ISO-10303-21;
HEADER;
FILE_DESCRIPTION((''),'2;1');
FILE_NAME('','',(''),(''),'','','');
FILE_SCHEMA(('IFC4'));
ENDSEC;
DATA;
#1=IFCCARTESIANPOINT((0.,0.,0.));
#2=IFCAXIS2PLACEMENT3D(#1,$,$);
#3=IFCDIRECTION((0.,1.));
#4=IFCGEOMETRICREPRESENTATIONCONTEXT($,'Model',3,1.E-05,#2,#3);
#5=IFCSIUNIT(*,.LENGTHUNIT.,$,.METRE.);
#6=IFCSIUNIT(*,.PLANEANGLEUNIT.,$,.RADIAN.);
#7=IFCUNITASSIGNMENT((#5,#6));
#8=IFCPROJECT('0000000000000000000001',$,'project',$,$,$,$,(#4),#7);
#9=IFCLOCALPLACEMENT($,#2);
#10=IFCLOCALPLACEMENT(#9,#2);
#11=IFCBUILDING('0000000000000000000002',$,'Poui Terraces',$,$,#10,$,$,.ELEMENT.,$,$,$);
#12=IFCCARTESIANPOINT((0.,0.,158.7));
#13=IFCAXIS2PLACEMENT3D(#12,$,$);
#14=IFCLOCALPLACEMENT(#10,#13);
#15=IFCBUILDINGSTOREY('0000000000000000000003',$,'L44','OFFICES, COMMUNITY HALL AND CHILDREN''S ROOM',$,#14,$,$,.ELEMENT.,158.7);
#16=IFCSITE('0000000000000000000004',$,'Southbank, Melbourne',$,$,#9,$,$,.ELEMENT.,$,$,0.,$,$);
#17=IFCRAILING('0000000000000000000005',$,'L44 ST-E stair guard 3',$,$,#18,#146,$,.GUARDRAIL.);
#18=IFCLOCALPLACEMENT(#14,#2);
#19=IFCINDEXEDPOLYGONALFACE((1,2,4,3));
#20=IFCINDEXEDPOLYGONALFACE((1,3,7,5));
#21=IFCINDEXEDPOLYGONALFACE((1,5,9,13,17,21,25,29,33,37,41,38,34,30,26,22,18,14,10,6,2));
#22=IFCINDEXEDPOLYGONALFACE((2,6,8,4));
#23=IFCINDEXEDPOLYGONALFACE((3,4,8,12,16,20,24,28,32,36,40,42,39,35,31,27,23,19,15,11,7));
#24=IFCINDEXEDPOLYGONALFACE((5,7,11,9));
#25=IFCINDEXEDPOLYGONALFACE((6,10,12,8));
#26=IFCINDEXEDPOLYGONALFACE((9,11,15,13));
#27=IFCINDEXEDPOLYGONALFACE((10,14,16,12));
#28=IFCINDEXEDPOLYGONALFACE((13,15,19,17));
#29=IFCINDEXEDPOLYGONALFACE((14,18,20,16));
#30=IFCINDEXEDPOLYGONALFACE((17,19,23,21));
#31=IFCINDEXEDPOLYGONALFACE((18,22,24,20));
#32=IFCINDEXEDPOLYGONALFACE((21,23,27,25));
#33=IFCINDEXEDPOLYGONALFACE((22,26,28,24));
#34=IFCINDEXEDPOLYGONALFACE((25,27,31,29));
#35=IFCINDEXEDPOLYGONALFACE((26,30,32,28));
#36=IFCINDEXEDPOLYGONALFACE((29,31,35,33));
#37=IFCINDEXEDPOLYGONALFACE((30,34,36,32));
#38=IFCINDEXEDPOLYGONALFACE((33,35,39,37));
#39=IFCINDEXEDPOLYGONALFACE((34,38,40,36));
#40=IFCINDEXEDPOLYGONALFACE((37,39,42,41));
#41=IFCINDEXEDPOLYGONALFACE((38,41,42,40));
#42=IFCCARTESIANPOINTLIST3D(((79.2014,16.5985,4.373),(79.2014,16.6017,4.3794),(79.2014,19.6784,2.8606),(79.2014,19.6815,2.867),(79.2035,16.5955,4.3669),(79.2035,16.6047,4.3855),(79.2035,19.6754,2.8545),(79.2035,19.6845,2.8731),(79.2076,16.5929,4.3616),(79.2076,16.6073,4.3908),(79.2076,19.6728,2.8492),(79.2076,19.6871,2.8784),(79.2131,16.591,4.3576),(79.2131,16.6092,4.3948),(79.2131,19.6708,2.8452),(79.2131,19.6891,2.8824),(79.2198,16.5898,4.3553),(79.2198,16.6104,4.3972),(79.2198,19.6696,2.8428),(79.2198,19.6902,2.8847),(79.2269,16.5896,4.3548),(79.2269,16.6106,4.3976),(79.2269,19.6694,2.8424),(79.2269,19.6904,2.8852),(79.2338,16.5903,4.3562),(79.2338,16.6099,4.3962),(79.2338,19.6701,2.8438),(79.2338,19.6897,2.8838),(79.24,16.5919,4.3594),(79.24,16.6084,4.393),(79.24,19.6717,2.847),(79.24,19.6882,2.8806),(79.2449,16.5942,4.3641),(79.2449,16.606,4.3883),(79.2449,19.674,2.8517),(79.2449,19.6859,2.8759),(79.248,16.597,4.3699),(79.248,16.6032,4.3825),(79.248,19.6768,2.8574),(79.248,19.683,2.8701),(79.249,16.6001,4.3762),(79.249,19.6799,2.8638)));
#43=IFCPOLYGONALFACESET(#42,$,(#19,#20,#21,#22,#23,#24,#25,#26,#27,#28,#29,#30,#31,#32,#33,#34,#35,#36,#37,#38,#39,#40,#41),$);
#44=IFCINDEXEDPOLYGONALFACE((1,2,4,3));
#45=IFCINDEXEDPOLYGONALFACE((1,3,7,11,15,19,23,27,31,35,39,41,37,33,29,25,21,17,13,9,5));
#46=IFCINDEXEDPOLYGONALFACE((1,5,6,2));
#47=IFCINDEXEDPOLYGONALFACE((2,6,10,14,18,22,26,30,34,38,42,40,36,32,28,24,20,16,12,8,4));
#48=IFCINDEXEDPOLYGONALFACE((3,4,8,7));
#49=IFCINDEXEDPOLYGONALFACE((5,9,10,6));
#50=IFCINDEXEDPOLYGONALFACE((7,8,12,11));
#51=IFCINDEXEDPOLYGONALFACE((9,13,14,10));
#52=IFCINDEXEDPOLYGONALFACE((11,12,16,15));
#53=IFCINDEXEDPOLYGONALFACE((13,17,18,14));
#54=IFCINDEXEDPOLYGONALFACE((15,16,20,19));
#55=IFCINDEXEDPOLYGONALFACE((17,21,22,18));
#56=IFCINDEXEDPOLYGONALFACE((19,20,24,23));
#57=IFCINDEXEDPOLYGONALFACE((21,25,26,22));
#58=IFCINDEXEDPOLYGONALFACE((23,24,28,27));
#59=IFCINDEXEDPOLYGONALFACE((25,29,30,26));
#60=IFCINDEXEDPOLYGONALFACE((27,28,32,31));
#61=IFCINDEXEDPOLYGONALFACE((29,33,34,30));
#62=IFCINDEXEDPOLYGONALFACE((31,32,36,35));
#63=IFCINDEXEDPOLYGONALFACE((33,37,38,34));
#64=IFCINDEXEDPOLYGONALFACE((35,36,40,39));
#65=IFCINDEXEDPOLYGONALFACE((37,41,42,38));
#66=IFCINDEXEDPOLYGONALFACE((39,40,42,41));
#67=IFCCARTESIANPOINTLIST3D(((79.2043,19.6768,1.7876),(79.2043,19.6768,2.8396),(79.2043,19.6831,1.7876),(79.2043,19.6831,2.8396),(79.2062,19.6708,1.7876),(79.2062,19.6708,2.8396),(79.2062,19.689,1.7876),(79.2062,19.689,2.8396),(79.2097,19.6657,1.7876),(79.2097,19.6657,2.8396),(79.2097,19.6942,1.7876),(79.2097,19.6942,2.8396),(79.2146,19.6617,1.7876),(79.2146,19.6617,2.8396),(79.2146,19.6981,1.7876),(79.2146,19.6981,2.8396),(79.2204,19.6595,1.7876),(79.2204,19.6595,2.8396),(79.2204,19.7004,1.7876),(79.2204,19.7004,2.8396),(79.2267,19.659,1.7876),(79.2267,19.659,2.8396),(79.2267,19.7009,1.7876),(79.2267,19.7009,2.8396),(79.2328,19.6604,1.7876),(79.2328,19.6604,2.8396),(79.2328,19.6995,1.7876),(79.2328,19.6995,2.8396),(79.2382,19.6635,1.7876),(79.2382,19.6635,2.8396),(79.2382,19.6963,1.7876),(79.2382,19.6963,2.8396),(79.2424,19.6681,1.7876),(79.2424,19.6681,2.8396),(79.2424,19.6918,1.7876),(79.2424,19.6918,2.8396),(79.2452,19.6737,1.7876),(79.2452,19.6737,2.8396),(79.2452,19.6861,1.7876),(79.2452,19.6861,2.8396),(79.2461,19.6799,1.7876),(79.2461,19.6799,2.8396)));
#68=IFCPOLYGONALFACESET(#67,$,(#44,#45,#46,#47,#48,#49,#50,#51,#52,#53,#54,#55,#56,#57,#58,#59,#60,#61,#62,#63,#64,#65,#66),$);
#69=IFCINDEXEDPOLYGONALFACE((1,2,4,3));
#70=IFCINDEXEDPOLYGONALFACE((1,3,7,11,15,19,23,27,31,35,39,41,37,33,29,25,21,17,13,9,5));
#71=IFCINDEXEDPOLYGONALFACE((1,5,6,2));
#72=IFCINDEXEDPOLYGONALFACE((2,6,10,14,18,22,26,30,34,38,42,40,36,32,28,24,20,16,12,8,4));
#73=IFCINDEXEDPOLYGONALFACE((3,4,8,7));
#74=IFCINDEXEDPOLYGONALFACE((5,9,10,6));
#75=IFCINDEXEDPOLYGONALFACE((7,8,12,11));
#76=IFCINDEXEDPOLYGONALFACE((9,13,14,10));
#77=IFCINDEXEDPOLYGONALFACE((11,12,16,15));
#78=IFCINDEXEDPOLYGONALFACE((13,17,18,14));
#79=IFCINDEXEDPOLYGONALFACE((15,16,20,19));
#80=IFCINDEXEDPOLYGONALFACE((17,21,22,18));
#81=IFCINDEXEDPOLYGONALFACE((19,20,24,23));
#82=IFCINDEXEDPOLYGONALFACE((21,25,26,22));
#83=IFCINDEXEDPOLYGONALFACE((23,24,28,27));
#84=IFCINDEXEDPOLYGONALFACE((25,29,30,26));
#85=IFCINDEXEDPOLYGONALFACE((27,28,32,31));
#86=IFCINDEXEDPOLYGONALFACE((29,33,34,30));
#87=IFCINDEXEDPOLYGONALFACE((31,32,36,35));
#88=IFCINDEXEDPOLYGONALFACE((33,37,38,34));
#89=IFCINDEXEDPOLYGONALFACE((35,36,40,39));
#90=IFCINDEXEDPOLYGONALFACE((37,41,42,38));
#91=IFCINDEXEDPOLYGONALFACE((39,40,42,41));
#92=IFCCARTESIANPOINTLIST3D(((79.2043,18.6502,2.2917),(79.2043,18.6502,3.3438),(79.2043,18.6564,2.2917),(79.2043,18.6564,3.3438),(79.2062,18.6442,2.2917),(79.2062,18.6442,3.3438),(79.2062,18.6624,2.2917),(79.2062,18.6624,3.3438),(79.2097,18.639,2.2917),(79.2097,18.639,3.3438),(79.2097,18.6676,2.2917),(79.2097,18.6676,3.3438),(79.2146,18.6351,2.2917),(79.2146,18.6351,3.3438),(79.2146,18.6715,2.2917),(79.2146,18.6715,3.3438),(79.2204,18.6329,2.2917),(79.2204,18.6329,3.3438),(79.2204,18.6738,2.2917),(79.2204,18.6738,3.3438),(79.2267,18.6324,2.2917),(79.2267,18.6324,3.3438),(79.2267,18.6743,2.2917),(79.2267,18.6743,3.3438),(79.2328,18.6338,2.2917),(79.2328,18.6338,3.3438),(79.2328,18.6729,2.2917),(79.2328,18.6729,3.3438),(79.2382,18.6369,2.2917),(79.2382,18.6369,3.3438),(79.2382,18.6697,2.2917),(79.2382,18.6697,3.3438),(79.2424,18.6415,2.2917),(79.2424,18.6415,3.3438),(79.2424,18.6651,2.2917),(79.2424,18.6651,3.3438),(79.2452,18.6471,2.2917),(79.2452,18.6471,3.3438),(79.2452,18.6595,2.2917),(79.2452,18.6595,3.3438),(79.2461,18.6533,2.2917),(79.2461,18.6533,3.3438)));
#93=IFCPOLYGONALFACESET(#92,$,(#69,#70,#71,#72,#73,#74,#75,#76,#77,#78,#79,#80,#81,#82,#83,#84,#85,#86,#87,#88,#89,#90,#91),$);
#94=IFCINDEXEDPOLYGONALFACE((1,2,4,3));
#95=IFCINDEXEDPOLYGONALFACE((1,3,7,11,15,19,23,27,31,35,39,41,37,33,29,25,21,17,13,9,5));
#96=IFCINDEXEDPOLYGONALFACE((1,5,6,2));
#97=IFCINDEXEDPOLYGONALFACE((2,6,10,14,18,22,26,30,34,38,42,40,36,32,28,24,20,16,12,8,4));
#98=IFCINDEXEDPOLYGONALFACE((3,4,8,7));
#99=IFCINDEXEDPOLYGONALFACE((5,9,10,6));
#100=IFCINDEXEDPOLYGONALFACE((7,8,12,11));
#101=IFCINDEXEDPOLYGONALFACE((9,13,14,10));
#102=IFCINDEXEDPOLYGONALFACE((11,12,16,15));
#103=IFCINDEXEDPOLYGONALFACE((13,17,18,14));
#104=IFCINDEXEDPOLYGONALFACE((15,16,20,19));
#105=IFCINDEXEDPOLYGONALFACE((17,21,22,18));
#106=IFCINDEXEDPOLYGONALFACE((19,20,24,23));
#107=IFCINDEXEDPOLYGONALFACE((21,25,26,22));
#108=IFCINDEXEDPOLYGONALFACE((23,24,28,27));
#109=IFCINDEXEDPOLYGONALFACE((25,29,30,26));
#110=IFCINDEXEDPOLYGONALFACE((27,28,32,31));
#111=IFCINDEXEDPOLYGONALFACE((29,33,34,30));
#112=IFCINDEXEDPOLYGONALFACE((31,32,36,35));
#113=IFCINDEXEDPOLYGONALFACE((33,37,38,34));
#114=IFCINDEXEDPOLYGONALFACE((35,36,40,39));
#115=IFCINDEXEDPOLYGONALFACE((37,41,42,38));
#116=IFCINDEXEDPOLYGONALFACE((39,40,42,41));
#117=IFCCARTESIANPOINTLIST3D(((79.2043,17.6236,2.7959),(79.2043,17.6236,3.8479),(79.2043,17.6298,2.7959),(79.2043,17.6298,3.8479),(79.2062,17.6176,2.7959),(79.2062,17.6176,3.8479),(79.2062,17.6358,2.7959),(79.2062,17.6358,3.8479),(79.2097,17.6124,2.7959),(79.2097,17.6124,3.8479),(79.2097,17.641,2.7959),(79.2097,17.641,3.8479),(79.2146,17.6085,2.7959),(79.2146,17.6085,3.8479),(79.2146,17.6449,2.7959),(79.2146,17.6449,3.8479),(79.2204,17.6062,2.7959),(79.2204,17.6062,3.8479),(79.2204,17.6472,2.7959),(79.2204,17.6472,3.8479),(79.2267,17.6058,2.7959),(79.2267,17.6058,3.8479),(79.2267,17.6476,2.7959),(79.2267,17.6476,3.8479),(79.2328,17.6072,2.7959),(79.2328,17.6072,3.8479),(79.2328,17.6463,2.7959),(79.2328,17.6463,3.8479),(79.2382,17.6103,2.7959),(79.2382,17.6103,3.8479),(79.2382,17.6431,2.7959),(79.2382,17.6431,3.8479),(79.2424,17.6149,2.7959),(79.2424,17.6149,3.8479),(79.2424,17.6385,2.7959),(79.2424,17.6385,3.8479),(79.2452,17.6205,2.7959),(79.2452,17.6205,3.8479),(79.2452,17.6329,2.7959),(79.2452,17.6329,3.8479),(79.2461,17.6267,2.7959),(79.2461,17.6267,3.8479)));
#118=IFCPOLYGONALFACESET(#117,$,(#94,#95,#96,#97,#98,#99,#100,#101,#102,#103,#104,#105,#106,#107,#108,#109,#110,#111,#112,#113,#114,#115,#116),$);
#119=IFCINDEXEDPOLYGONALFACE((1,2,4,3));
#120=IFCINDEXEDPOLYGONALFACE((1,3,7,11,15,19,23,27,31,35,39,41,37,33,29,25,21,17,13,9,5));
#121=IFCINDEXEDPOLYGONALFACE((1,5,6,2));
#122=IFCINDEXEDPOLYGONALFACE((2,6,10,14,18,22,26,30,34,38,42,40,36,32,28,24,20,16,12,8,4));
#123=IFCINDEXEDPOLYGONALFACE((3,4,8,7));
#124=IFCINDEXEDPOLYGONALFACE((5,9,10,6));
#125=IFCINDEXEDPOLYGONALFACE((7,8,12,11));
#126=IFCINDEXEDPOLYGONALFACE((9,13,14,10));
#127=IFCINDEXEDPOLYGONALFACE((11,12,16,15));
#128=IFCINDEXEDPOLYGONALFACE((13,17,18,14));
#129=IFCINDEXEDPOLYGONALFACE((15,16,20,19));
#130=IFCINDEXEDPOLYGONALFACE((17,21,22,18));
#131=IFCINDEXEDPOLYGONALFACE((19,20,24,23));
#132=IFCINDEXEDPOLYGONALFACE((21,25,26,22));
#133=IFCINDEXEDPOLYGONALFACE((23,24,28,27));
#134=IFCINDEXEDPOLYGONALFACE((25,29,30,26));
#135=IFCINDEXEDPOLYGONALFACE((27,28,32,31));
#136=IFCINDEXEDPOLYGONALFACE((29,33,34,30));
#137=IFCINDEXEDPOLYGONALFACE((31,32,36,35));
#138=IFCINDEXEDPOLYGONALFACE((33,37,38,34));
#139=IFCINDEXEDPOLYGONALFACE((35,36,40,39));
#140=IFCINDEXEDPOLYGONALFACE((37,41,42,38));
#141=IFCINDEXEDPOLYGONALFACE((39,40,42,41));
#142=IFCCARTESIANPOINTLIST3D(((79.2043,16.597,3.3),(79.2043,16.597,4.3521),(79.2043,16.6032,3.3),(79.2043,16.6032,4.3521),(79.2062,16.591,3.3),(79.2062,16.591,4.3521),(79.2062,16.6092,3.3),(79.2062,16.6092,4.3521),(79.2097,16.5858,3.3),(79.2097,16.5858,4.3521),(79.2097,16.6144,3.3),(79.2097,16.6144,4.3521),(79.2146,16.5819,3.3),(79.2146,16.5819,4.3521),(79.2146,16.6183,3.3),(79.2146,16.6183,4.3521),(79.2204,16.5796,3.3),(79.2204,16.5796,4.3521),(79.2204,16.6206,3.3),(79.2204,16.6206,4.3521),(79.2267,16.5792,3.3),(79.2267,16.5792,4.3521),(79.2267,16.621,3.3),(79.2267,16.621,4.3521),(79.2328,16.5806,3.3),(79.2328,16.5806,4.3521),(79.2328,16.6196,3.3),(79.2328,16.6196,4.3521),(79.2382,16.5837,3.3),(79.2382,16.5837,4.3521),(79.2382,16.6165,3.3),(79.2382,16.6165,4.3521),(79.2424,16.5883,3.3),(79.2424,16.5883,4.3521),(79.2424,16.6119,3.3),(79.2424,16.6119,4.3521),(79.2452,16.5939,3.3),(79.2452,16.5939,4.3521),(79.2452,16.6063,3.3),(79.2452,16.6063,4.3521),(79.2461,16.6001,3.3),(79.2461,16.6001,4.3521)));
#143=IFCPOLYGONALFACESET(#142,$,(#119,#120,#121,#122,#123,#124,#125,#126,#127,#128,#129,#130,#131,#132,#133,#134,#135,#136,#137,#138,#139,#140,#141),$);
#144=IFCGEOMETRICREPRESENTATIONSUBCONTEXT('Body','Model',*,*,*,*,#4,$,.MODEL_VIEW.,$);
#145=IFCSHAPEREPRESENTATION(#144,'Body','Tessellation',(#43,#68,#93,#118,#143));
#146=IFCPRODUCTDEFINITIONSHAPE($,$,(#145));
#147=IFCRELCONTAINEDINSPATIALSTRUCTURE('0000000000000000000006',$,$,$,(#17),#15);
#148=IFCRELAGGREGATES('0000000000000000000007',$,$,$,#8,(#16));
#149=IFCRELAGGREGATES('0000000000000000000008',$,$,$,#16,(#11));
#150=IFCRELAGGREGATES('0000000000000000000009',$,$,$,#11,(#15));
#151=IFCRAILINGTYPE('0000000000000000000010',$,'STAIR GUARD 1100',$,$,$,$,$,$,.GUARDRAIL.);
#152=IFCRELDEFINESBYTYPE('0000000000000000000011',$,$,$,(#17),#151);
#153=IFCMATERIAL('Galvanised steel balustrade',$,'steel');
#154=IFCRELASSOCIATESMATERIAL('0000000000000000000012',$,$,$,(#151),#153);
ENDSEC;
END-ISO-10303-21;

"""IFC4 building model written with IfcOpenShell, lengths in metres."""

from ifc_helpers import new_model, si_unit, direction, frame, origin, origin_2d, place, context, subcontext, project, spatial, circle, extrude, material, type_object, element, save


model = new_model("IFC4")

# Units and contexts
model_context = context("Model", 3, precision=1e-05, world=origin(), true_north=direction((0.0, 1.0)))
body_context = subcontext(model_context, "Body", "Model", "MODEL_VIEW")
ifc_project = project(units=[si_unit("LENGTHUNIT", "METRE"), si_unit("PLANEANGLEUNIT", "RADIAN")], contexts=[model_context])

# Site, building, storey
site_placement = place(None, origin())
site = spatial("IfcSite", under=ifc_project, at=site_placement, Name="Southbank, Melbourne", CompositionType="ELEMENT", RefElevation=0.0)
building_placement = place(site_placement, origin())
building = spatial("IfcBuilding", under=site, at=building_placement, Name="Poui Terraces", CompositionType="ELEMENT")
storey_placement = place(building_placement, frame((0.0, 0.0, 158.7)))
storey = spatial("IfcBuildingStorey", under=building, at=storey_placement, Name="L44", Description="OFFICES, COMMUNITY HALL AND CHILDREN'S ROOM", CompositionType="ELEMENT", Elevation=158.7)

# Railing
ifc_material_1 = material(Name="Galvanised steel balustrade", Category="steel")
railing_type_1 = type_object("IfcRailingType", Name="STAIR GUARD 1100", PredefinedType="GUARDRAIL", material=ifc_material_1)
railing_1_placement = place(storey_placement, frame((79.2251, 19.6799, 1.7876)))
element("IfcRailing", 1, at=railing_1_placement, inside=storey, type_object=railing_type_1, Name="L44 ST-E stair guard 3", PredefinedType="GUARDRAIL", context=body_context, shape_type="SweptSolid", body=[
    extrude(circle(Radius=0.0239, at=origin_2d()), frame((0.0, 0.0, 1.0762), z_axis=(0.0, -0.897606, 0.440798), x_axis=(1.0, 0.0, 0.0)), (0.0, 0.0, 1.0), 3.4312),
    extrude(circle(Radius=0.021, at=origin_2d()), origin(), (0.0, 0.0, 1.0), 1.052),
    extrude(circle(Radius=0.021, at=origin_2d()), frame((0.0, -1.0266, 0.5042)), (0.0, 0.0, 1.0), 1.052),
    extrude(circle(Radius=0.021, at=origin_2d()), frame((0.0, -2.0532, 1.0083)), (0.0, 0.0, 1.0), 1.052),
    extrude(circle(Radius=0.021, at=origin_2d()), frame((0.0, -3.0798, 1.5125)), (0.0, 0.0, 1.0), 1.052),
])

save(model, "model.ifc")
